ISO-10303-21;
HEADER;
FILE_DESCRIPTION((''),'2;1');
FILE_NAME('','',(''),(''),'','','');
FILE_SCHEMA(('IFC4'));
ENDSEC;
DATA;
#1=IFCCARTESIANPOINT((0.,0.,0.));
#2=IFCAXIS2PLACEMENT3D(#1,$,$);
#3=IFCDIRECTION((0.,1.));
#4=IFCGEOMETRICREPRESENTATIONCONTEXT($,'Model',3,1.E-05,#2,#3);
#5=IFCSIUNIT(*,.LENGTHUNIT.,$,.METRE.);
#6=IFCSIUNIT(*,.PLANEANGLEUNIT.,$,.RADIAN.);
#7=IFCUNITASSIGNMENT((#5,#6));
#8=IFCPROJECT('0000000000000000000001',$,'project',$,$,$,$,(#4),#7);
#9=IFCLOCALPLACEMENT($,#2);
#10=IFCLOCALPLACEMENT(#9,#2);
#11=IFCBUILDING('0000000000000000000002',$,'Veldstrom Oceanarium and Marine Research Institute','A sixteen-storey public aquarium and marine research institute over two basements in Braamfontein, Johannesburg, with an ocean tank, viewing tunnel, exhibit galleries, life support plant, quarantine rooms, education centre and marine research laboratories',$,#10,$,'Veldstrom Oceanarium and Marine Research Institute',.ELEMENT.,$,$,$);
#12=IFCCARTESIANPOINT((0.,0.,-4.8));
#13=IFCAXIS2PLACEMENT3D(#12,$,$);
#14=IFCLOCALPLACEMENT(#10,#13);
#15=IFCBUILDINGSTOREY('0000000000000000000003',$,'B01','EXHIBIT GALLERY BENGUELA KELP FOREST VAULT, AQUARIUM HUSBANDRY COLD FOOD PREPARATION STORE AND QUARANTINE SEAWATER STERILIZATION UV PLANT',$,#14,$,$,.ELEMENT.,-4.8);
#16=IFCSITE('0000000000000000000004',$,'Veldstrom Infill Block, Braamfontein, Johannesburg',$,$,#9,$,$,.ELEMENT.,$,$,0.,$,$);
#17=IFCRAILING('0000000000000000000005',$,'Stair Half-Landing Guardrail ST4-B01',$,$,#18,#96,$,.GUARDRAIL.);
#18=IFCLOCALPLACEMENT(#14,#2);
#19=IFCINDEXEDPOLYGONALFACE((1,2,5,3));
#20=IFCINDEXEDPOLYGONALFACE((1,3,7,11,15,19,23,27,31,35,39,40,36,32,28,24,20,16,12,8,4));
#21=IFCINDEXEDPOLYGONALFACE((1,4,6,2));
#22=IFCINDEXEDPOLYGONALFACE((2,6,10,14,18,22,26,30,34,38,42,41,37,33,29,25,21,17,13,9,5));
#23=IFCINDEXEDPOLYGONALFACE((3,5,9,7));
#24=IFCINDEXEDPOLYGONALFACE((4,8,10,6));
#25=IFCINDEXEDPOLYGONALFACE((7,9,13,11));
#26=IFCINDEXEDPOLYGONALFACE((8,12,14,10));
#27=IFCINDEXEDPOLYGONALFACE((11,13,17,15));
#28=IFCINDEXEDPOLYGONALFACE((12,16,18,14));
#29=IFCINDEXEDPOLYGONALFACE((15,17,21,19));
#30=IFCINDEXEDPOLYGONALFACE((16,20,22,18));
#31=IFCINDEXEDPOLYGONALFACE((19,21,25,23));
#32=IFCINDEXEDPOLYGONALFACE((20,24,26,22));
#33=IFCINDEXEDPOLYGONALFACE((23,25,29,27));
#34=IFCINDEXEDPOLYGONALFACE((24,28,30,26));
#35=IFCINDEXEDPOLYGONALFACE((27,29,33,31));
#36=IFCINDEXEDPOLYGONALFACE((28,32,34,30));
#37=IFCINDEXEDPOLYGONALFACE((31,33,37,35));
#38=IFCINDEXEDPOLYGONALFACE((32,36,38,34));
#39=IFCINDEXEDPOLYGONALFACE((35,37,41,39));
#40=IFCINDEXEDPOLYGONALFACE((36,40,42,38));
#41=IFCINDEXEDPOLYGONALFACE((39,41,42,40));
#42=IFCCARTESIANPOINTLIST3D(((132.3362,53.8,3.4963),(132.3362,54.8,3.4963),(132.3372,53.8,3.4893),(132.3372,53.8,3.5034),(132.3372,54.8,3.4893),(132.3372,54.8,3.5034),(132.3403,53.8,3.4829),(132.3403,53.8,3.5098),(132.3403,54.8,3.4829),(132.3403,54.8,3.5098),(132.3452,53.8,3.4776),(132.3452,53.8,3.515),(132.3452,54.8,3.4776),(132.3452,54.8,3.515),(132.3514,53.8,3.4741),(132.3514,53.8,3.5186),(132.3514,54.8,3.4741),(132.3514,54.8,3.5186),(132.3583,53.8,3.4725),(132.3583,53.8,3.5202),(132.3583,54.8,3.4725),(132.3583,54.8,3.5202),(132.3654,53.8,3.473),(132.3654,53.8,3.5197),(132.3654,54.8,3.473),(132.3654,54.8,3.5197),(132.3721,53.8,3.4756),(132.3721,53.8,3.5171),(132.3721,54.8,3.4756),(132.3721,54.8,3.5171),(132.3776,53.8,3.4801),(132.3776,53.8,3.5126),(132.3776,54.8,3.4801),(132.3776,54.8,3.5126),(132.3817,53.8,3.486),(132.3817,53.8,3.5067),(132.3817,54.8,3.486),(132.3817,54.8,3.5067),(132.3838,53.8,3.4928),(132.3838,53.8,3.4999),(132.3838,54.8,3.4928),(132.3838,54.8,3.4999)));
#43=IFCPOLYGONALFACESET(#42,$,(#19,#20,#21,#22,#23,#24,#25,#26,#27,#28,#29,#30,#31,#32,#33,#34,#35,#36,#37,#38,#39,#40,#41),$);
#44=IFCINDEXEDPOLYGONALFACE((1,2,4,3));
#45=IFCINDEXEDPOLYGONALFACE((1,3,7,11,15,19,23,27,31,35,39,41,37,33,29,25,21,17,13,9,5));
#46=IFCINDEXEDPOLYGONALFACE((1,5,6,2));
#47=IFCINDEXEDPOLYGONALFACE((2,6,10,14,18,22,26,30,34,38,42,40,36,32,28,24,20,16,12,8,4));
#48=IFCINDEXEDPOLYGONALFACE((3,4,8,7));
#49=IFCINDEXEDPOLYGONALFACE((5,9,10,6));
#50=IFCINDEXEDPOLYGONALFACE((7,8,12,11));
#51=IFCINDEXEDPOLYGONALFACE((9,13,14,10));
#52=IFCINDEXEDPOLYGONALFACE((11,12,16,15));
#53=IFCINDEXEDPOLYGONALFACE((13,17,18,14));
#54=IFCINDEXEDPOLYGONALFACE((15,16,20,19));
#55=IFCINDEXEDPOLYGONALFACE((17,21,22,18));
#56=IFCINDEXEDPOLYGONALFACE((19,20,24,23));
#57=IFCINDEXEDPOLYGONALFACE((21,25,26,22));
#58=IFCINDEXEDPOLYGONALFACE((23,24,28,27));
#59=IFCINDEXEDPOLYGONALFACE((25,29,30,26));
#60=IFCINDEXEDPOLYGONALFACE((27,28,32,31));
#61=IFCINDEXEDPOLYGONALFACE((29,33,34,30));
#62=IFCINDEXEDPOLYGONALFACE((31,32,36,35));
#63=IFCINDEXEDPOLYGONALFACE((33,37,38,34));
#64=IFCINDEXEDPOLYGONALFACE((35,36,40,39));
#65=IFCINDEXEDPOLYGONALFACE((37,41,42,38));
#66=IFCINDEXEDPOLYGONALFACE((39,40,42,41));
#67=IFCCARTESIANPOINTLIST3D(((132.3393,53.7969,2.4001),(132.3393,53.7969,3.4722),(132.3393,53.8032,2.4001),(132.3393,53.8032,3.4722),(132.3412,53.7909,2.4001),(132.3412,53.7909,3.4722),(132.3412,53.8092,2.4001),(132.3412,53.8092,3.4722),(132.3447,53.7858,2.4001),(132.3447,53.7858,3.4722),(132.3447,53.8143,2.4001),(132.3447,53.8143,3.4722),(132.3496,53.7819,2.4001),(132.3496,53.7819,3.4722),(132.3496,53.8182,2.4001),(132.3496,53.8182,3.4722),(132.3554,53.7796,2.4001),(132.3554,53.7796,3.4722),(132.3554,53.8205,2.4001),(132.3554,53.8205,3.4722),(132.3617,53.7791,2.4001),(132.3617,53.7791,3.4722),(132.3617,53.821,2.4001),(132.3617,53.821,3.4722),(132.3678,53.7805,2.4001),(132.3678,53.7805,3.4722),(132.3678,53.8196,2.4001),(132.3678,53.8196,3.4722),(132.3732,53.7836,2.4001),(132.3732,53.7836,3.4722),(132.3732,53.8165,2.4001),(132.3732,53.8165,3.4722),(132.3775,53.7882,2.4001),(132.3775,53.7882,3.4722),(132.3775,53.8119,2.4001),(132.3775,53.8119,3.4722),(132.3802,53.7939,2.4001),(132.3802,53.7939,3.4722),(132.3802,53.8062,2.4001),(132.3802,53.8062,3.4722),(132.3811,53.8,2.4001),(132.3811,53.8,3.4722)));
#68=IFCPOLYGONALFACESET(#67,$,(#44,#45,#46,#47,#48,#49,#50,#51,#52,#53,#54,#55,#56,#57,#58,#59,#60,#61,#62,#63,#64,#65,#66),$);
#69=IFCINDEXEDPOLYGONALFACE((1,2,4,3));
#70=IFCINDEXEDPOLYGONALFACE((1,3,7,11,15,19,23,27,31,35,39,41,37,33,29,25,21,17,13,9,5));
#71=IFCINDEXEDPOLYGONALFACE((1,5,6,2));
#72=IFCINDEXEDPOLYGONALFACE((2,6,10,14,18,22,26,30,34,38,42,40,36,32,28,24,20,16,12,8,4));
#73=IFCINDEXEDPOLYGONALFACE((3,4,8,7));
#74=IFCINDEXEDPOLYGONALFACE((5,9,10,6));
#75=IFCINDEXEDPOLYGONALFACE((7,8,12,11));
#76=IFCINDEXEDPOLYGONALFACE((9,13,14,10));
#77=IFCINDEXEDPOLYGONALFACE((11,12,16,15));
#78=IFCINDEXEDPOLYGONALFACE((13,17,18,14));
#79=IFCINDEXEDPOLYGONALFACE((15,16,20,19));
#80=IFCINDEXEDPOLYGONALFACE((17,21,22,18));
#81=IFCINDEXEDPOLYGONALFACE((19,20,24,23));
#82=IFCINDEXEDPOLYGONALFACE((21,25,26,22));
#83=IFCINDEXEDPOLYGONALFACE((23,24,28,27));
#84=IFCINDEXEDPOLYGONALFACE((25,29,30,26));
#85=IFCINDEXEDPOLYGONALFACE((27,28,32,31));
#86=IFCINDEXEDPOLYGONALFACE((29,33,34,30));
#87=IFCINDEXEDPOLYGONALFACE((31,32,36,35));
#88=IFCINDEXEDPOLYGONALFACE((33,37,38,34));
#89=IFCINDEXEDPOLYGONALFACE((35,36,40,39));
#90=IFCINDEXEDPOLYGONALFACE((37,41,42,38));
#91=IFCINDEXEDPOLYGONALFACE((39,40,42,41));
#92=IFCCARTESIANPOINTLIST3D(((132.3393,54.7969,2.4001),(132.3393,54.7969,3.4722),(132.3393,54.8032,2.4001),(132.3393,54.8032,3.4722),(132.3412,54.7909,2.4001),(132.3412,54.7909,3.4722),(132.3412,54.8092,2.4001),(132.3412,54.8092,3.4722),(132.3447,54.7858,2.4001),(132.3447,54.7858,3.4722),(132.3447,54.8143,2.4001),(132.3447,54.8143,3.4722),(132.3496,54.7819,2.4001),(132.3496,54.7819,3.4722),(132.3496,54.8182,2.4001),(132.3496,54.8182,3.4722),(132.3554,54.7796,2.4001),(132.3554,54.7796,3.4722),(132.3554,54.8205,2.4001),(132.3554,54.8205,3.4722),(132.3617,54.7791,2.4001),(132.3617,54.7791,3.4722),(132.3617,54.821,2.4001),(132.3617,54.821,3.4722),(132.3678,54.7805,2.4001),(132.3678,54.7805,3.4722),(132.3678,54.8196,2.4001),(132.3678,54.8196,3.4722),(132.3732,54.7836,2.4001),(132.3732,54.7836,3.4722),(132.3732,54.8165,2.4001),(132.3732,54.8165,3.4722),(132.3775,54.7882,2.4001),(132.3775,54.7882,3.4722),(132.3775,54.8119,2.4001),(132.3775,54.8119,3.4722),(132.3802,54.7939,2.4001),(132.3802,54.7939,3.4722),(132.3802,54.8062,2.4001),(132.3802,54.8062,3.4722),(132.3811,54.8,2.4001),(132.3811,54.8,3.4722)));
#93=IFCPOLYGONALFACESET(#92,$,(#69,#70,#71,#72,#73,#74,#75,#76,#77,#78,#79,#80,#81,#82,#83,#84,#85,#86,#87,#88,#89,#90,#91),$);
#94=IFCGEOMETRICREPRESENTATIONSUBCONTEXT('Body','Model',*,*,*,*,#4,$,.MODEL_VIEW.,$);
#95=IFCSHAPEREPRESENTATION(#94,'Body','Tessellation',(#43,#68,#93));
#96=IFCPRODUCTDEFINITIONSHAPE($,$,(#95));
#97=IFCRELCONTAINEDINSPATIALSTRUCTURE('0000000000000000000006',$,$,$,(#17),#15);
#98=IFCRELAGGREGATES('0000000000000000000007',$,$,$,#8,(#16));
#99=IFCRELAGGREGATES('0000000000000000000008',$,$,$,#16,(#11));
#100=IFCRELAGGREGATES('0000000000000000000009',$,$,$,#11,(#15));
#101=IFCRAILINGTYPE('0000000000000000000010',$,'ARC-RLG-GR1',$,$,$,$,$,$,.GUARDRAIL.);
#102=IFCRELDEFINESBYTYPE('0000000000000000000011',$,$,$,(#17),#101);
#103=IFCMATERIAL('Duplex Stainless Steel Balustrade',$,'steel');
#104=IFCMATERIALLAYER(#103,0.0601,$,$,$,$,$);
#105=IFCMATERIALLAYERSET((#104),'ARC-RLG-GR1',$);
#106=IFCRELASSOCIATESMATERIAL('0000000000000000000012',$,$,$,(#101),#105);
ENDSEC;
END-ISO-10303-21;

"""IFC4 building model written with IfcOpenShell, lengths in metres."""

from ifc_helpers import new_model, si_unit, direction, frame, origin, origin_2d, place, context, subcontext, project, spatial, circle, extrude, material, layer, layer_set, type_object, element, save


model = new_model("IFC4")

# Units and contexts
model_context = context("Model", 3, precision=1e-05, world=origin(), true_north=direction((0.0, 1.0)))
body_context = subcontext(model_context, "Body", "Model", "MODEL_VIEW")
ifc_project = project(units=[si_unit("LENGTHUNIT", "METRE"), si_unit("PLANEANGLEUNIT", "RADIAN")], contexts=[model_context])

# Site, building, storey
site_placement = place(None, origin())
site = spatial("IfcSite", under=ifc_project, at=site_placement, Name="Veldstrom Infill Block, Braamfontein, Johannesburg", CompositionType="ELEMENT", RefElevation=0.0)
building_placement = place(site_placement, origin())
building = spatial("IfcBuilding", under=site, at=building_placement, Name="Veldstrom Oceanarium and Marine Research Institute", Description="A sixteen-storey public aquarium and marine research institute over two basements in Braamfontein, Johannesburg, with an ocean tank, viewing tunnel, exhibit galleries, life support plant, quarantine rooms, education centre and marine research laboratories", LongName="Veldstrom Oceanarium and Marine Research Institute", CompositionType="ELEMENT")
storey_placement = place(building_placement, frame((0.0, 0.0, -4.8)))
storey = spatial("IfcBuildingStorey", under=building, at=storey_placement, Name="B01", Description="EXHIBIT GALLERY BENGUELA KELP FOREST VAULT, AQUARIUM HUSBANDRY COLD FOOD PREPARATION STORE AND QUARANTINE SEAWATER STERILIZATION UV PLANT", CompositionType="ELEMENT", Elevation=-4.8)

# Railing
ifc_material_1 = material(Name="Duplex Stainless Steel Balustrade", Category="steel")
ifc_layer_1 = layer(ifc_material_1, 0.0601)
ifc_layer_set_1 = layer_set([ifc_layer_1], Name="ARC-RLG-GR1")
railing_type_1 = type_object("IfcRailingType", Name="ARC-RLG-GR1", PredefinedType="GUARDRAIL", material=ifc_layer_set_1)
railing_1_placement = place(storey_placement, frame((132.3601, 53.8, 2.4001)))
element("IfcRailing", 1, at=railing_1_placement, inside=storey, type_object=railing_type_1, Name="Stair Half-Landing Guardrail ST4-B01", PredefinedType="GUARDRAIL", context=body_context, shape_type="SweptSolid", body=[
    extrude(circle(Radius=0.0239, at=origin_2d()), frame((0.0, 0.0, 1.0962), z_axis=(0.0, 1.0, 0.0), x_axis=(-1.0, 0.0, 0.0)), (0.0, 0.0, 1.0), 1.0),
    extrude(circle(Radius=0.021, at=origin_2d()), origin(), (0.0, 0.0, 1.0), 1.072),
    extrude(circle(Radius=0.021, at=origin_2d()), frame((0.0, 1.0, 0.0)), (0.0, 0.0, 1.0), 1.072),
])

save(model, "model.ifc")
